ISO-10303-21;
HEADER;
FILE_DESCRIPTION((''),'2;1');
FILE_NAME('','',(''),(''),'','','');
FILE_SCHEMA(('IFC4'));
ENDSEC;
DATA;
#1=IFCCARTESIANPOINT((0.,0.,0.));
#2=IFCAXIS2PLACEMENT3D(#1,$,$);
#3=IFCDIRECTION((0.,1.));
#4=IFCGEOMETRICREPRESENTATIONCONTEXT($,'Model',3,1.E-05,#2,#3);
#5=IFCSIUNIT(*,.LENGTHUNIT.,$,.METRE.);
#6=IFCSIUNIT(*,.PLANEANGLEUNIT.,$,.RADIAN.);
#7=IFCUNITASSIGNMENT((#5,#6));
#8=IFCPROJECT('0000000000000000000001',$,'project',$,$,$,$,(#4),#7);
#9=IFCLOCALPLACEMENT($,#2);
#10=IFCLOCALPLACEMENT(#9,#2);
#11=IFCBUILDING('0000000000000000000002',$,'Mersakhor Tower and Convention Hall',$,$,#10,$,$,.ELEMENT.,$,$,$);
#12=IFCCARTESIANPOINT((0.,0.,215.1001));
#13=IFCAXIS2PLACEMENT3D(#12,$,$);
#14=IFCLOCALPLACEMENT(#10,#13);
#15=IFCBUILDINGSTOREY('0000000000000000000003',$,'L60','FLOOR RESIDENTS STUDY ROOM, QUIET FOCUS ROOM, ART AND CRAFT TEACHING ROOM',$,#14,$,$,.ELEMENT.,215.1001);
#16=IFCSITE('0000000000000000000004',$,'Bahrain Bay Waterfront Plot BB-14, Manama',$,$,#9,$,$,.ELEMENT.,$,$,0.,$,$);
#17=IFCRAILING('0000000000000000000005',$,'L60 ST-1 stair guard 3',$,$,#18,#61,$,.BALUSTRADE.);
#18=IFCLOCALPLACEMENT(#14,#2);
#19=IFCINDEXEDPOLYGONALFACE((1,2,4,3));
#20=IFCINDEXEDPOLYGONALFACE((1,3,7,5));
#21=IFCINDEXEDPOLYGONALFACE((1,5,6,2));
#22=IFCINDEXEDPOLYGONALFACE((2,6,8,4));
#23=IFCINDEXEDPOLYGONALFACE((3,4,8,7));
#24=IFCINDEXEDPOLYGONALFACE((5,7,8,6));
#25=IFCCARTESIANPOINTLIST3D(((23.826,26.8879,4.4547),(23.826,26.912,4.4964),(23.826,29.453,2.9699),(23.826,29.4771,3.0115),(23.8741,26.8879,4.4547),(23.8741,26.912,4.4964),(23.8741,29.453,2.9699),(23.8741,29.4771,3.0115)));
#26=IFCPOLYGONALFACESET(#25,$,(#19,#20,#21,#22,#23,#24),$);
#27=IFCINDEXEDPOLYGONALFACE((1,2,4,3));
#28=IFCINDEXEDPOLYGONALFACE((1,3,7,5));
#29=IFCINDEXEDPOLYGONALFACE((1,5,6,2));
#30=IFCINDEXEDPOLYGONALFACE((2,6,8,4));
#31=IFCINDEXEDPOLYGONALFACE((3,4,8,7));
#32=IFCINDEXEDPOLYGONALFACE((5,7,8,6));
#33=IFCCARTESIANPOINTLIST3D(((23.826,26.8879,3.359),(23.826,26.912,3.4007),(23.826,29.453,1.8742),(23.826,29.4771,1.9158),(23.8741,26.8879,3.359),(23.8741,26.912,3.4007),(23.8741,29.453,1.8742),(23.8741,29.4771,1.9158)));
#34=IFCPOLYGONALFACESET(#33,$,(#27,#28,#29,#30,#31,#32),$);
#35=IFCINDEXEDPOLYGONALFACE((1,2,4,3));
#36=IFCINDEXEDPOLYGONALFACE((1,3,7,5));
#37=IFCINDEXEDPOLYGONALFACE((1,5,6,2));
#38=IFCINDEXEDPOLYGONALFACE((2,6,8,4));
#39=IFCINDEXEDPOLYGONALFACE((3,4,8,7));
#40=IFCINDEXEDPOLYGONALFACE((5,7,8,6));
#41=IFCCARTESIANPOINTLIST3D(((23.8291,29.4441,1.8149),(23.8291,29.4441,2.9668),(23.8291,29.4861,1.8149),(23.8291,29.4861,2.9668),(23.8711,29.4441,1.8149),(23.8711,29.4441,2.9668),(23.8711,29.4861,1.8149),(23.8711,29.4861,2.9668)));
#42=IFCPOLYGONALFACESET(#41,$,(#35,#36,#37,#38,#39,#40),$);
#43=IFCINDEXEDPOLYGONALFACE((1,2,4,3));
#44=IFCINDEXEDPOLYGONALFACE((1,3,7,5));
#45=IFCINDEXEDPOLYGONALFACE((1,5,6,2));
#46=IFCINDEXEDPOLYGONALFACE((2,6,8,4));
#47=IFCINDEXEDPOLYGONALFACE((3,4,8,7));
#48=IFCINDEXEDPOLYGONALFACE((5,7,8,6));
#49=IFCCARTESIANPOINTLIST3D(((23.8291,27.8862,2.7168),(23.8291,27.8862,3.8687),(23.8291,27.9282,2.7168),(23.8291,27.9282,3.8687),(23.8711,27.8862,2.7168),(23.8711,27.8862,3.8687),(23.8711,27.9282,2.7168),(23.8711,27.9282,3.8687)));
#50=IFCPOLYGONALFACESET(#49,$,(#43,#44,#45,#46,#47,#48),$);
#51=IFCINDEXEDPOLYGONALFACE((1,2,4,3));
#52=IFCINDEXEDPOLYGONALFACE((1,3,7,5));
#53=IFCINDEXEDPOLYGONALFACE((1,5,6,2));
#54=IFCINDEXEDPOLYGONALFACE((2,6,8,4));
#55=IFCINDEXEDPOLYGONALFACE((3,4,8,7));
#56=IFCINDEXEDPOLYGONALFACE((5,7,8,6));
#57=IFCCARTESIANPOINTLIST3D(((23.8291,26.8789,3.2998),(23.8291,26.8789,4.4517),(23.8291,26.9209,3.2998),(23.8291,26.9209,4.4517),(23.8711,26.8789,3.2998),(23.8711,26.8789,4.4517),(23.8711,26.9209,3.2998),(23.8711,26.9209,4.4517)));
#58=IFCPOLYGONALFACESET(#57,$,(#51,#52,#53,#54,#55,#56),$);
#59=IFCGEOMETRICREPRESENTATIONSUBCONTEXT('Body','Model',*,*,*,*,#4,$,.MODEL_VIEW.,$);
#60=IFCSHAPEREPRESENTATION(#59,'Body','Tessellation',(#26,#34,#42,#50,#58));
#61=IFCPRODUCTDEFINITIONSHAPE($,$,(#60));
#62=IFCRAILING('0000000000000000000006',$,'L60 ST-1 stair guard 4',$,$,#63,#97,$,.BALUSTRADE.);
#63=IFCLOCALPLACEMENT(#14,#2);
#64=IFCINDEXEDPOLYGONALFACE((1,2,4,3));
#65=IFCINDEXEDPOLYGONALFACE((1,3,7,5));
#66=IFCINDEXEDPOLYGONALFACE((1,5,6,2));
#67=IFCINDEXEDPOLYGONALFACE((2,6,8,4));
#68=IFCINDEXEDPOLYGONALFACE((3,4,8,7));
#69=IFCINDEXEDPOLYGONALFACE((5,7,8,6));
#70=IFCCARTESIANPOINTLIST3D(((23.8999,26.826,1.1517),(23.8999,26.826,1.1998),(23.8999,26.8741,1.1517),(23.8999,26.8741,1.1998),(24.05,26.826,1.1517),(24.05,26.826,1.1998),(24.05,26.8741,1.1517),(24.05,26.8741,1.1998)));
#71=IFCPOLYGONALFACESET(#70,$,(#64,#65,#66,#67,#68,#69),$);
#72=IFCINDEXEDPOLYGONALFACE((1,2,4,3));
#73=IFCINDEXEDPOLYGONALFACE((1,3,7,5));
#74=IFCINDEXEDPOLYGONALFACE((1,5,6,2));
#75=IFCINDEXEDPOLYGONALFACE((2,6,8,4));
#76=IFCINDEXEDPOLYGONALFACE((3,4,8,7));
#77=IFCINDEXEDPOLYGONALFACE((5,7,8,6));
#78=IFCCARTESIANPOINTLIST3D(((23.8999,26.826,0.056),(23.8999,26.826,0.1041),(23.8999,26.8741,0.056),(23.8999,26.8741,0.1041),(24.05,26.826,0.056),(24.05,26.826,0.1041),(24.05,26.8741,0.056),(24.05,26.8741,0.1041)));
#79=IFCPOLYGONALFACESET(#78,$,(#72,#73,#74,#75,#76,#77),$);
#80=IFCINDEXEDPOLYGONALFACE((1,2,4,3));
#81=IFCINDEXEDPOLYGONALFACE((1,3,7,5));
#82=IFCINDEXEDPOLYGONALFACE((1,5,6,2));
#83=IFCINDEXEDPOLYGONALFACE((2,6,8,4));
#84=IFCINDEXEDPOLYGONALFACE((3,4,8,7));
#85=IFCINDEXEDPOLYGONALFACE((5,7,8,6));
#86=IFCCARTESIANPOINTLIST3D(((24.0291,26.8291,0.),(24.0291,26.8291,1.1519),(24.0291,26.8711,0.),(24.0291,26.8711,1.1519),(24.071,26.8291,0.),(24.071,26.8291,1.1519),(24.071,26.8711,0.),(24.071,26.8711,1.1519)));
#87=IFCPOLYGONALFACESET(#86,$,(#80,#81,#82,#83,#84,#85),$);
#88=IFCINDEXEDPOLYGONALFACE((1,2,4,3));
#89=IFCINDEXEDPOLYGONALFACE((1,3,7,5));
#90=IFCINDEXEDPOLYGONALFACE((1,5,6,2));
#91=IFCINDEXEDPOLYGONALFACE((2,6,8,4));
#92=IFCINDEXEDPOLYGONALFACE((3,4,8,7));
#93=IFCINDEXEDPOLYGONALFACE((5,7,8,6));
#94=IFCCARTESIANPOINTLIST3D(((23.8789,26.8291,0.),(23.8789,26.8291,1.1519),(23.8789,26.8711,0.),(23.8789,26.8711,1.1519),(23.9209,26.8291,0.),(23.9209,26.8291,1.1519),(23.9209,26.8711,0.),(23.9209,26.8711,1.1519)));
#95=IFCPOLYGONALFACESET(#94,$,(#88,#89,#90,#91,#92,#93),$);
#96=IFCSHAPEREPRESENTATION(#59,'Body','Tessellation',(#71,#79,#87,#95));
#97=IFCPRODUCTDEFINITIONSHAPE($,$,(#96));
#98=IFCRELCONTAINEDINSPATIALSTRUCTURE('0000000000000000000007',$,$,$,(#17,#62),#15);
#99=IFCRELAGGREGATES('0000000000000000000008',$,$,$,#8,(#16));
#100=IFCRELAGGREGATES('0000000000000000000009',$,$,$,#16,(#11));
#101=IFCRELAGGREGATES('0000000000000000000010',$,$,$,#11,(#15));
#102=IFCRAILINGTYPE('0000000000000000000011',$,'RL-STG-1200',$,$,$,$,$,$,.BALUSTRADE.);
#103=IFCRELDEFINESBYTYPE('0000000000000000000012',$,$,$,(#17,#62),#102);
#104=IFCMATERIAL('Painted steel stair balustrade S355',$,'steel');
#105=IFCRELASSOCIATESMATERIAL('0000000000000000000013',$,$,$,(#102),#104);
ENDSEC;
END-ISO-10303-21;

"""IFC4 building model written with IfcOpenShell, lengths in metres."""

from ifc_helpers import new_model, si_unit, direction, frame, origin, origin_2d, place, context, subcontext, project, spatial, rectangle, extrude, material, type_object, element, save


model = new_model("IFC4")

# Units and contexts
model_context = context("Model", 3, precision=1e-05, world=origin(), true_north=direction((0.0, 1.0)))
body_context = subcontext(model_context, "Body", "Model", "MODEL_VIEW")
ifc_project = project(units=[si_unit("LENGTHUNIT", "METRE"), si_unit("PLANEANGLEUNIT", "RADIAN")], contexts=[model_context])

# Site, building, storey
site_placement = place(None, origin())
site = spatial("IfcSite", under=ifc_project, at=site_placement, Name="Bahrain Bay Waterfront Plot BB-14, Manama", CompositionType="ELEMENT", RefElevation=0.0)
building_placement = place(site_placement, origin())
building = spatial("IfcBuilding", under=site, at=building_placement, Name="Mersakhor Tower and Convention Hall", CompositionType="ELEMENT")
storey_placement = place(building_placement, frame((0.0, 0.0, 215.1001)))
storey = spatial("IfcBuildingStorey", under=building, at=storey_placement, Name="L60", Description="FLOOR RESIDENTS STUDY ROOM, QUIET FOCUS ROOM, ART AND CRAFT TEACHING ROOM", CompositionType="ELEMENT", Elevation=215.1001)

# Railings
ifc_material_1 = material(Name="Painted steel stair balustrade S355", Category="steel")
railing_type_1 = type_object("IfcRailingType", Name="RL-STG-1200", PredefinedType="BALUSTRADE", material=ifc_material_1)
railing_1_placement = place(storey_placement, frame((23.8501, 29.4651, 1.8149)))
element("IfcRailing", 1, at=railing_1_placement, inside=storey, type_object=railing_type_1, Name="L60 ST-1 stair guard 3", PredefinedType="BALUSTRADE", context=body_context, shape_type="SweptSolid", body=[
    extrude(rectangle(XDim=0.0481, YDim=0.0481, at=origin_2d()), frame((0.0, 0.0, 1.1758), z_axis=(0.0, -0.865462, 0.500975), x_axis=(1.0, 0.0, 0.0)), (0.0, 0.0, 1.0), 2.9639),
    extrude(rectangle(XDim=0.0481, YDim=0.0481, at=origin_2d()), frame((0.0, 0.0, 0.0801), z_axis=(0.0, -0.865462, 0.500975), x_axis=(1.0, 0.0, 0.0)), (0.0, 0.0, 1.0), 2.9639),
    extrude(rectangle(XDim=0.042, YDim=0.042, at=origin_2d()), origin(), (0.0, 0.0, 1.0), 1.1519),
    extrude(rectangle(XDim=0.042, YDim=0.042, at=origin_2d()), frame((0.0, -1.5579, 0.9019)), (0.0, 0.0, 1.0), 1.1519),
    extrude(rectangle(XDim=0.042, YDim=0.042, at=origin_2d()), frame((0.0, -2.5652, 1.4849)), (0.0, 0.0, 1.0), 1.1519),
])
railing_2_placement = place(storey_placement, frame((24.05, 26.8501, 0.0)))
element("IfcRailing", 2, at=railing_2_placement, inside=storey, type_object=railing_type_1, Name="L60 ST-1 stair guard 4", PredefinedType="BALUSTRADE", context=body_context, shape_type="SweptSolid", body=[
    extrude(rectangle(XDim=0.0481, YDim=0.0481, at=origin_2d()), frame((0.0, 0.0, 1.1758), z_axis=(-1.0, 0.0, 0.0), x_axis=(0.0, -1.0, 0.0)), (0.0, 0.0, 1.0), 0.1501),
    extrude(rectangle(XDim=0.0481, YDim=0.0481, at=origin_2d()), frame((0.0, 0.0, 0.0801), z_axis=(-1.0, 0.0, 0.0), x_axis=(0.0, -1.0, 0.0)), (0.0, 0.0, 1.0), 0.1501),
    extrude(rectangle(XDim=0.042, YDim=0.042, at=origin_2d()), origin(), (0.0, 0.0, 1.0), 1.1519),
    extrude(rectangle(XDim=0.042, YDim=0.042, at=origin_2d()), frame((-0.1501, 0.0, 0.0)), (0.0, 0.0, 1.0), 1.1519),
])

save(model, "model.ifc")
